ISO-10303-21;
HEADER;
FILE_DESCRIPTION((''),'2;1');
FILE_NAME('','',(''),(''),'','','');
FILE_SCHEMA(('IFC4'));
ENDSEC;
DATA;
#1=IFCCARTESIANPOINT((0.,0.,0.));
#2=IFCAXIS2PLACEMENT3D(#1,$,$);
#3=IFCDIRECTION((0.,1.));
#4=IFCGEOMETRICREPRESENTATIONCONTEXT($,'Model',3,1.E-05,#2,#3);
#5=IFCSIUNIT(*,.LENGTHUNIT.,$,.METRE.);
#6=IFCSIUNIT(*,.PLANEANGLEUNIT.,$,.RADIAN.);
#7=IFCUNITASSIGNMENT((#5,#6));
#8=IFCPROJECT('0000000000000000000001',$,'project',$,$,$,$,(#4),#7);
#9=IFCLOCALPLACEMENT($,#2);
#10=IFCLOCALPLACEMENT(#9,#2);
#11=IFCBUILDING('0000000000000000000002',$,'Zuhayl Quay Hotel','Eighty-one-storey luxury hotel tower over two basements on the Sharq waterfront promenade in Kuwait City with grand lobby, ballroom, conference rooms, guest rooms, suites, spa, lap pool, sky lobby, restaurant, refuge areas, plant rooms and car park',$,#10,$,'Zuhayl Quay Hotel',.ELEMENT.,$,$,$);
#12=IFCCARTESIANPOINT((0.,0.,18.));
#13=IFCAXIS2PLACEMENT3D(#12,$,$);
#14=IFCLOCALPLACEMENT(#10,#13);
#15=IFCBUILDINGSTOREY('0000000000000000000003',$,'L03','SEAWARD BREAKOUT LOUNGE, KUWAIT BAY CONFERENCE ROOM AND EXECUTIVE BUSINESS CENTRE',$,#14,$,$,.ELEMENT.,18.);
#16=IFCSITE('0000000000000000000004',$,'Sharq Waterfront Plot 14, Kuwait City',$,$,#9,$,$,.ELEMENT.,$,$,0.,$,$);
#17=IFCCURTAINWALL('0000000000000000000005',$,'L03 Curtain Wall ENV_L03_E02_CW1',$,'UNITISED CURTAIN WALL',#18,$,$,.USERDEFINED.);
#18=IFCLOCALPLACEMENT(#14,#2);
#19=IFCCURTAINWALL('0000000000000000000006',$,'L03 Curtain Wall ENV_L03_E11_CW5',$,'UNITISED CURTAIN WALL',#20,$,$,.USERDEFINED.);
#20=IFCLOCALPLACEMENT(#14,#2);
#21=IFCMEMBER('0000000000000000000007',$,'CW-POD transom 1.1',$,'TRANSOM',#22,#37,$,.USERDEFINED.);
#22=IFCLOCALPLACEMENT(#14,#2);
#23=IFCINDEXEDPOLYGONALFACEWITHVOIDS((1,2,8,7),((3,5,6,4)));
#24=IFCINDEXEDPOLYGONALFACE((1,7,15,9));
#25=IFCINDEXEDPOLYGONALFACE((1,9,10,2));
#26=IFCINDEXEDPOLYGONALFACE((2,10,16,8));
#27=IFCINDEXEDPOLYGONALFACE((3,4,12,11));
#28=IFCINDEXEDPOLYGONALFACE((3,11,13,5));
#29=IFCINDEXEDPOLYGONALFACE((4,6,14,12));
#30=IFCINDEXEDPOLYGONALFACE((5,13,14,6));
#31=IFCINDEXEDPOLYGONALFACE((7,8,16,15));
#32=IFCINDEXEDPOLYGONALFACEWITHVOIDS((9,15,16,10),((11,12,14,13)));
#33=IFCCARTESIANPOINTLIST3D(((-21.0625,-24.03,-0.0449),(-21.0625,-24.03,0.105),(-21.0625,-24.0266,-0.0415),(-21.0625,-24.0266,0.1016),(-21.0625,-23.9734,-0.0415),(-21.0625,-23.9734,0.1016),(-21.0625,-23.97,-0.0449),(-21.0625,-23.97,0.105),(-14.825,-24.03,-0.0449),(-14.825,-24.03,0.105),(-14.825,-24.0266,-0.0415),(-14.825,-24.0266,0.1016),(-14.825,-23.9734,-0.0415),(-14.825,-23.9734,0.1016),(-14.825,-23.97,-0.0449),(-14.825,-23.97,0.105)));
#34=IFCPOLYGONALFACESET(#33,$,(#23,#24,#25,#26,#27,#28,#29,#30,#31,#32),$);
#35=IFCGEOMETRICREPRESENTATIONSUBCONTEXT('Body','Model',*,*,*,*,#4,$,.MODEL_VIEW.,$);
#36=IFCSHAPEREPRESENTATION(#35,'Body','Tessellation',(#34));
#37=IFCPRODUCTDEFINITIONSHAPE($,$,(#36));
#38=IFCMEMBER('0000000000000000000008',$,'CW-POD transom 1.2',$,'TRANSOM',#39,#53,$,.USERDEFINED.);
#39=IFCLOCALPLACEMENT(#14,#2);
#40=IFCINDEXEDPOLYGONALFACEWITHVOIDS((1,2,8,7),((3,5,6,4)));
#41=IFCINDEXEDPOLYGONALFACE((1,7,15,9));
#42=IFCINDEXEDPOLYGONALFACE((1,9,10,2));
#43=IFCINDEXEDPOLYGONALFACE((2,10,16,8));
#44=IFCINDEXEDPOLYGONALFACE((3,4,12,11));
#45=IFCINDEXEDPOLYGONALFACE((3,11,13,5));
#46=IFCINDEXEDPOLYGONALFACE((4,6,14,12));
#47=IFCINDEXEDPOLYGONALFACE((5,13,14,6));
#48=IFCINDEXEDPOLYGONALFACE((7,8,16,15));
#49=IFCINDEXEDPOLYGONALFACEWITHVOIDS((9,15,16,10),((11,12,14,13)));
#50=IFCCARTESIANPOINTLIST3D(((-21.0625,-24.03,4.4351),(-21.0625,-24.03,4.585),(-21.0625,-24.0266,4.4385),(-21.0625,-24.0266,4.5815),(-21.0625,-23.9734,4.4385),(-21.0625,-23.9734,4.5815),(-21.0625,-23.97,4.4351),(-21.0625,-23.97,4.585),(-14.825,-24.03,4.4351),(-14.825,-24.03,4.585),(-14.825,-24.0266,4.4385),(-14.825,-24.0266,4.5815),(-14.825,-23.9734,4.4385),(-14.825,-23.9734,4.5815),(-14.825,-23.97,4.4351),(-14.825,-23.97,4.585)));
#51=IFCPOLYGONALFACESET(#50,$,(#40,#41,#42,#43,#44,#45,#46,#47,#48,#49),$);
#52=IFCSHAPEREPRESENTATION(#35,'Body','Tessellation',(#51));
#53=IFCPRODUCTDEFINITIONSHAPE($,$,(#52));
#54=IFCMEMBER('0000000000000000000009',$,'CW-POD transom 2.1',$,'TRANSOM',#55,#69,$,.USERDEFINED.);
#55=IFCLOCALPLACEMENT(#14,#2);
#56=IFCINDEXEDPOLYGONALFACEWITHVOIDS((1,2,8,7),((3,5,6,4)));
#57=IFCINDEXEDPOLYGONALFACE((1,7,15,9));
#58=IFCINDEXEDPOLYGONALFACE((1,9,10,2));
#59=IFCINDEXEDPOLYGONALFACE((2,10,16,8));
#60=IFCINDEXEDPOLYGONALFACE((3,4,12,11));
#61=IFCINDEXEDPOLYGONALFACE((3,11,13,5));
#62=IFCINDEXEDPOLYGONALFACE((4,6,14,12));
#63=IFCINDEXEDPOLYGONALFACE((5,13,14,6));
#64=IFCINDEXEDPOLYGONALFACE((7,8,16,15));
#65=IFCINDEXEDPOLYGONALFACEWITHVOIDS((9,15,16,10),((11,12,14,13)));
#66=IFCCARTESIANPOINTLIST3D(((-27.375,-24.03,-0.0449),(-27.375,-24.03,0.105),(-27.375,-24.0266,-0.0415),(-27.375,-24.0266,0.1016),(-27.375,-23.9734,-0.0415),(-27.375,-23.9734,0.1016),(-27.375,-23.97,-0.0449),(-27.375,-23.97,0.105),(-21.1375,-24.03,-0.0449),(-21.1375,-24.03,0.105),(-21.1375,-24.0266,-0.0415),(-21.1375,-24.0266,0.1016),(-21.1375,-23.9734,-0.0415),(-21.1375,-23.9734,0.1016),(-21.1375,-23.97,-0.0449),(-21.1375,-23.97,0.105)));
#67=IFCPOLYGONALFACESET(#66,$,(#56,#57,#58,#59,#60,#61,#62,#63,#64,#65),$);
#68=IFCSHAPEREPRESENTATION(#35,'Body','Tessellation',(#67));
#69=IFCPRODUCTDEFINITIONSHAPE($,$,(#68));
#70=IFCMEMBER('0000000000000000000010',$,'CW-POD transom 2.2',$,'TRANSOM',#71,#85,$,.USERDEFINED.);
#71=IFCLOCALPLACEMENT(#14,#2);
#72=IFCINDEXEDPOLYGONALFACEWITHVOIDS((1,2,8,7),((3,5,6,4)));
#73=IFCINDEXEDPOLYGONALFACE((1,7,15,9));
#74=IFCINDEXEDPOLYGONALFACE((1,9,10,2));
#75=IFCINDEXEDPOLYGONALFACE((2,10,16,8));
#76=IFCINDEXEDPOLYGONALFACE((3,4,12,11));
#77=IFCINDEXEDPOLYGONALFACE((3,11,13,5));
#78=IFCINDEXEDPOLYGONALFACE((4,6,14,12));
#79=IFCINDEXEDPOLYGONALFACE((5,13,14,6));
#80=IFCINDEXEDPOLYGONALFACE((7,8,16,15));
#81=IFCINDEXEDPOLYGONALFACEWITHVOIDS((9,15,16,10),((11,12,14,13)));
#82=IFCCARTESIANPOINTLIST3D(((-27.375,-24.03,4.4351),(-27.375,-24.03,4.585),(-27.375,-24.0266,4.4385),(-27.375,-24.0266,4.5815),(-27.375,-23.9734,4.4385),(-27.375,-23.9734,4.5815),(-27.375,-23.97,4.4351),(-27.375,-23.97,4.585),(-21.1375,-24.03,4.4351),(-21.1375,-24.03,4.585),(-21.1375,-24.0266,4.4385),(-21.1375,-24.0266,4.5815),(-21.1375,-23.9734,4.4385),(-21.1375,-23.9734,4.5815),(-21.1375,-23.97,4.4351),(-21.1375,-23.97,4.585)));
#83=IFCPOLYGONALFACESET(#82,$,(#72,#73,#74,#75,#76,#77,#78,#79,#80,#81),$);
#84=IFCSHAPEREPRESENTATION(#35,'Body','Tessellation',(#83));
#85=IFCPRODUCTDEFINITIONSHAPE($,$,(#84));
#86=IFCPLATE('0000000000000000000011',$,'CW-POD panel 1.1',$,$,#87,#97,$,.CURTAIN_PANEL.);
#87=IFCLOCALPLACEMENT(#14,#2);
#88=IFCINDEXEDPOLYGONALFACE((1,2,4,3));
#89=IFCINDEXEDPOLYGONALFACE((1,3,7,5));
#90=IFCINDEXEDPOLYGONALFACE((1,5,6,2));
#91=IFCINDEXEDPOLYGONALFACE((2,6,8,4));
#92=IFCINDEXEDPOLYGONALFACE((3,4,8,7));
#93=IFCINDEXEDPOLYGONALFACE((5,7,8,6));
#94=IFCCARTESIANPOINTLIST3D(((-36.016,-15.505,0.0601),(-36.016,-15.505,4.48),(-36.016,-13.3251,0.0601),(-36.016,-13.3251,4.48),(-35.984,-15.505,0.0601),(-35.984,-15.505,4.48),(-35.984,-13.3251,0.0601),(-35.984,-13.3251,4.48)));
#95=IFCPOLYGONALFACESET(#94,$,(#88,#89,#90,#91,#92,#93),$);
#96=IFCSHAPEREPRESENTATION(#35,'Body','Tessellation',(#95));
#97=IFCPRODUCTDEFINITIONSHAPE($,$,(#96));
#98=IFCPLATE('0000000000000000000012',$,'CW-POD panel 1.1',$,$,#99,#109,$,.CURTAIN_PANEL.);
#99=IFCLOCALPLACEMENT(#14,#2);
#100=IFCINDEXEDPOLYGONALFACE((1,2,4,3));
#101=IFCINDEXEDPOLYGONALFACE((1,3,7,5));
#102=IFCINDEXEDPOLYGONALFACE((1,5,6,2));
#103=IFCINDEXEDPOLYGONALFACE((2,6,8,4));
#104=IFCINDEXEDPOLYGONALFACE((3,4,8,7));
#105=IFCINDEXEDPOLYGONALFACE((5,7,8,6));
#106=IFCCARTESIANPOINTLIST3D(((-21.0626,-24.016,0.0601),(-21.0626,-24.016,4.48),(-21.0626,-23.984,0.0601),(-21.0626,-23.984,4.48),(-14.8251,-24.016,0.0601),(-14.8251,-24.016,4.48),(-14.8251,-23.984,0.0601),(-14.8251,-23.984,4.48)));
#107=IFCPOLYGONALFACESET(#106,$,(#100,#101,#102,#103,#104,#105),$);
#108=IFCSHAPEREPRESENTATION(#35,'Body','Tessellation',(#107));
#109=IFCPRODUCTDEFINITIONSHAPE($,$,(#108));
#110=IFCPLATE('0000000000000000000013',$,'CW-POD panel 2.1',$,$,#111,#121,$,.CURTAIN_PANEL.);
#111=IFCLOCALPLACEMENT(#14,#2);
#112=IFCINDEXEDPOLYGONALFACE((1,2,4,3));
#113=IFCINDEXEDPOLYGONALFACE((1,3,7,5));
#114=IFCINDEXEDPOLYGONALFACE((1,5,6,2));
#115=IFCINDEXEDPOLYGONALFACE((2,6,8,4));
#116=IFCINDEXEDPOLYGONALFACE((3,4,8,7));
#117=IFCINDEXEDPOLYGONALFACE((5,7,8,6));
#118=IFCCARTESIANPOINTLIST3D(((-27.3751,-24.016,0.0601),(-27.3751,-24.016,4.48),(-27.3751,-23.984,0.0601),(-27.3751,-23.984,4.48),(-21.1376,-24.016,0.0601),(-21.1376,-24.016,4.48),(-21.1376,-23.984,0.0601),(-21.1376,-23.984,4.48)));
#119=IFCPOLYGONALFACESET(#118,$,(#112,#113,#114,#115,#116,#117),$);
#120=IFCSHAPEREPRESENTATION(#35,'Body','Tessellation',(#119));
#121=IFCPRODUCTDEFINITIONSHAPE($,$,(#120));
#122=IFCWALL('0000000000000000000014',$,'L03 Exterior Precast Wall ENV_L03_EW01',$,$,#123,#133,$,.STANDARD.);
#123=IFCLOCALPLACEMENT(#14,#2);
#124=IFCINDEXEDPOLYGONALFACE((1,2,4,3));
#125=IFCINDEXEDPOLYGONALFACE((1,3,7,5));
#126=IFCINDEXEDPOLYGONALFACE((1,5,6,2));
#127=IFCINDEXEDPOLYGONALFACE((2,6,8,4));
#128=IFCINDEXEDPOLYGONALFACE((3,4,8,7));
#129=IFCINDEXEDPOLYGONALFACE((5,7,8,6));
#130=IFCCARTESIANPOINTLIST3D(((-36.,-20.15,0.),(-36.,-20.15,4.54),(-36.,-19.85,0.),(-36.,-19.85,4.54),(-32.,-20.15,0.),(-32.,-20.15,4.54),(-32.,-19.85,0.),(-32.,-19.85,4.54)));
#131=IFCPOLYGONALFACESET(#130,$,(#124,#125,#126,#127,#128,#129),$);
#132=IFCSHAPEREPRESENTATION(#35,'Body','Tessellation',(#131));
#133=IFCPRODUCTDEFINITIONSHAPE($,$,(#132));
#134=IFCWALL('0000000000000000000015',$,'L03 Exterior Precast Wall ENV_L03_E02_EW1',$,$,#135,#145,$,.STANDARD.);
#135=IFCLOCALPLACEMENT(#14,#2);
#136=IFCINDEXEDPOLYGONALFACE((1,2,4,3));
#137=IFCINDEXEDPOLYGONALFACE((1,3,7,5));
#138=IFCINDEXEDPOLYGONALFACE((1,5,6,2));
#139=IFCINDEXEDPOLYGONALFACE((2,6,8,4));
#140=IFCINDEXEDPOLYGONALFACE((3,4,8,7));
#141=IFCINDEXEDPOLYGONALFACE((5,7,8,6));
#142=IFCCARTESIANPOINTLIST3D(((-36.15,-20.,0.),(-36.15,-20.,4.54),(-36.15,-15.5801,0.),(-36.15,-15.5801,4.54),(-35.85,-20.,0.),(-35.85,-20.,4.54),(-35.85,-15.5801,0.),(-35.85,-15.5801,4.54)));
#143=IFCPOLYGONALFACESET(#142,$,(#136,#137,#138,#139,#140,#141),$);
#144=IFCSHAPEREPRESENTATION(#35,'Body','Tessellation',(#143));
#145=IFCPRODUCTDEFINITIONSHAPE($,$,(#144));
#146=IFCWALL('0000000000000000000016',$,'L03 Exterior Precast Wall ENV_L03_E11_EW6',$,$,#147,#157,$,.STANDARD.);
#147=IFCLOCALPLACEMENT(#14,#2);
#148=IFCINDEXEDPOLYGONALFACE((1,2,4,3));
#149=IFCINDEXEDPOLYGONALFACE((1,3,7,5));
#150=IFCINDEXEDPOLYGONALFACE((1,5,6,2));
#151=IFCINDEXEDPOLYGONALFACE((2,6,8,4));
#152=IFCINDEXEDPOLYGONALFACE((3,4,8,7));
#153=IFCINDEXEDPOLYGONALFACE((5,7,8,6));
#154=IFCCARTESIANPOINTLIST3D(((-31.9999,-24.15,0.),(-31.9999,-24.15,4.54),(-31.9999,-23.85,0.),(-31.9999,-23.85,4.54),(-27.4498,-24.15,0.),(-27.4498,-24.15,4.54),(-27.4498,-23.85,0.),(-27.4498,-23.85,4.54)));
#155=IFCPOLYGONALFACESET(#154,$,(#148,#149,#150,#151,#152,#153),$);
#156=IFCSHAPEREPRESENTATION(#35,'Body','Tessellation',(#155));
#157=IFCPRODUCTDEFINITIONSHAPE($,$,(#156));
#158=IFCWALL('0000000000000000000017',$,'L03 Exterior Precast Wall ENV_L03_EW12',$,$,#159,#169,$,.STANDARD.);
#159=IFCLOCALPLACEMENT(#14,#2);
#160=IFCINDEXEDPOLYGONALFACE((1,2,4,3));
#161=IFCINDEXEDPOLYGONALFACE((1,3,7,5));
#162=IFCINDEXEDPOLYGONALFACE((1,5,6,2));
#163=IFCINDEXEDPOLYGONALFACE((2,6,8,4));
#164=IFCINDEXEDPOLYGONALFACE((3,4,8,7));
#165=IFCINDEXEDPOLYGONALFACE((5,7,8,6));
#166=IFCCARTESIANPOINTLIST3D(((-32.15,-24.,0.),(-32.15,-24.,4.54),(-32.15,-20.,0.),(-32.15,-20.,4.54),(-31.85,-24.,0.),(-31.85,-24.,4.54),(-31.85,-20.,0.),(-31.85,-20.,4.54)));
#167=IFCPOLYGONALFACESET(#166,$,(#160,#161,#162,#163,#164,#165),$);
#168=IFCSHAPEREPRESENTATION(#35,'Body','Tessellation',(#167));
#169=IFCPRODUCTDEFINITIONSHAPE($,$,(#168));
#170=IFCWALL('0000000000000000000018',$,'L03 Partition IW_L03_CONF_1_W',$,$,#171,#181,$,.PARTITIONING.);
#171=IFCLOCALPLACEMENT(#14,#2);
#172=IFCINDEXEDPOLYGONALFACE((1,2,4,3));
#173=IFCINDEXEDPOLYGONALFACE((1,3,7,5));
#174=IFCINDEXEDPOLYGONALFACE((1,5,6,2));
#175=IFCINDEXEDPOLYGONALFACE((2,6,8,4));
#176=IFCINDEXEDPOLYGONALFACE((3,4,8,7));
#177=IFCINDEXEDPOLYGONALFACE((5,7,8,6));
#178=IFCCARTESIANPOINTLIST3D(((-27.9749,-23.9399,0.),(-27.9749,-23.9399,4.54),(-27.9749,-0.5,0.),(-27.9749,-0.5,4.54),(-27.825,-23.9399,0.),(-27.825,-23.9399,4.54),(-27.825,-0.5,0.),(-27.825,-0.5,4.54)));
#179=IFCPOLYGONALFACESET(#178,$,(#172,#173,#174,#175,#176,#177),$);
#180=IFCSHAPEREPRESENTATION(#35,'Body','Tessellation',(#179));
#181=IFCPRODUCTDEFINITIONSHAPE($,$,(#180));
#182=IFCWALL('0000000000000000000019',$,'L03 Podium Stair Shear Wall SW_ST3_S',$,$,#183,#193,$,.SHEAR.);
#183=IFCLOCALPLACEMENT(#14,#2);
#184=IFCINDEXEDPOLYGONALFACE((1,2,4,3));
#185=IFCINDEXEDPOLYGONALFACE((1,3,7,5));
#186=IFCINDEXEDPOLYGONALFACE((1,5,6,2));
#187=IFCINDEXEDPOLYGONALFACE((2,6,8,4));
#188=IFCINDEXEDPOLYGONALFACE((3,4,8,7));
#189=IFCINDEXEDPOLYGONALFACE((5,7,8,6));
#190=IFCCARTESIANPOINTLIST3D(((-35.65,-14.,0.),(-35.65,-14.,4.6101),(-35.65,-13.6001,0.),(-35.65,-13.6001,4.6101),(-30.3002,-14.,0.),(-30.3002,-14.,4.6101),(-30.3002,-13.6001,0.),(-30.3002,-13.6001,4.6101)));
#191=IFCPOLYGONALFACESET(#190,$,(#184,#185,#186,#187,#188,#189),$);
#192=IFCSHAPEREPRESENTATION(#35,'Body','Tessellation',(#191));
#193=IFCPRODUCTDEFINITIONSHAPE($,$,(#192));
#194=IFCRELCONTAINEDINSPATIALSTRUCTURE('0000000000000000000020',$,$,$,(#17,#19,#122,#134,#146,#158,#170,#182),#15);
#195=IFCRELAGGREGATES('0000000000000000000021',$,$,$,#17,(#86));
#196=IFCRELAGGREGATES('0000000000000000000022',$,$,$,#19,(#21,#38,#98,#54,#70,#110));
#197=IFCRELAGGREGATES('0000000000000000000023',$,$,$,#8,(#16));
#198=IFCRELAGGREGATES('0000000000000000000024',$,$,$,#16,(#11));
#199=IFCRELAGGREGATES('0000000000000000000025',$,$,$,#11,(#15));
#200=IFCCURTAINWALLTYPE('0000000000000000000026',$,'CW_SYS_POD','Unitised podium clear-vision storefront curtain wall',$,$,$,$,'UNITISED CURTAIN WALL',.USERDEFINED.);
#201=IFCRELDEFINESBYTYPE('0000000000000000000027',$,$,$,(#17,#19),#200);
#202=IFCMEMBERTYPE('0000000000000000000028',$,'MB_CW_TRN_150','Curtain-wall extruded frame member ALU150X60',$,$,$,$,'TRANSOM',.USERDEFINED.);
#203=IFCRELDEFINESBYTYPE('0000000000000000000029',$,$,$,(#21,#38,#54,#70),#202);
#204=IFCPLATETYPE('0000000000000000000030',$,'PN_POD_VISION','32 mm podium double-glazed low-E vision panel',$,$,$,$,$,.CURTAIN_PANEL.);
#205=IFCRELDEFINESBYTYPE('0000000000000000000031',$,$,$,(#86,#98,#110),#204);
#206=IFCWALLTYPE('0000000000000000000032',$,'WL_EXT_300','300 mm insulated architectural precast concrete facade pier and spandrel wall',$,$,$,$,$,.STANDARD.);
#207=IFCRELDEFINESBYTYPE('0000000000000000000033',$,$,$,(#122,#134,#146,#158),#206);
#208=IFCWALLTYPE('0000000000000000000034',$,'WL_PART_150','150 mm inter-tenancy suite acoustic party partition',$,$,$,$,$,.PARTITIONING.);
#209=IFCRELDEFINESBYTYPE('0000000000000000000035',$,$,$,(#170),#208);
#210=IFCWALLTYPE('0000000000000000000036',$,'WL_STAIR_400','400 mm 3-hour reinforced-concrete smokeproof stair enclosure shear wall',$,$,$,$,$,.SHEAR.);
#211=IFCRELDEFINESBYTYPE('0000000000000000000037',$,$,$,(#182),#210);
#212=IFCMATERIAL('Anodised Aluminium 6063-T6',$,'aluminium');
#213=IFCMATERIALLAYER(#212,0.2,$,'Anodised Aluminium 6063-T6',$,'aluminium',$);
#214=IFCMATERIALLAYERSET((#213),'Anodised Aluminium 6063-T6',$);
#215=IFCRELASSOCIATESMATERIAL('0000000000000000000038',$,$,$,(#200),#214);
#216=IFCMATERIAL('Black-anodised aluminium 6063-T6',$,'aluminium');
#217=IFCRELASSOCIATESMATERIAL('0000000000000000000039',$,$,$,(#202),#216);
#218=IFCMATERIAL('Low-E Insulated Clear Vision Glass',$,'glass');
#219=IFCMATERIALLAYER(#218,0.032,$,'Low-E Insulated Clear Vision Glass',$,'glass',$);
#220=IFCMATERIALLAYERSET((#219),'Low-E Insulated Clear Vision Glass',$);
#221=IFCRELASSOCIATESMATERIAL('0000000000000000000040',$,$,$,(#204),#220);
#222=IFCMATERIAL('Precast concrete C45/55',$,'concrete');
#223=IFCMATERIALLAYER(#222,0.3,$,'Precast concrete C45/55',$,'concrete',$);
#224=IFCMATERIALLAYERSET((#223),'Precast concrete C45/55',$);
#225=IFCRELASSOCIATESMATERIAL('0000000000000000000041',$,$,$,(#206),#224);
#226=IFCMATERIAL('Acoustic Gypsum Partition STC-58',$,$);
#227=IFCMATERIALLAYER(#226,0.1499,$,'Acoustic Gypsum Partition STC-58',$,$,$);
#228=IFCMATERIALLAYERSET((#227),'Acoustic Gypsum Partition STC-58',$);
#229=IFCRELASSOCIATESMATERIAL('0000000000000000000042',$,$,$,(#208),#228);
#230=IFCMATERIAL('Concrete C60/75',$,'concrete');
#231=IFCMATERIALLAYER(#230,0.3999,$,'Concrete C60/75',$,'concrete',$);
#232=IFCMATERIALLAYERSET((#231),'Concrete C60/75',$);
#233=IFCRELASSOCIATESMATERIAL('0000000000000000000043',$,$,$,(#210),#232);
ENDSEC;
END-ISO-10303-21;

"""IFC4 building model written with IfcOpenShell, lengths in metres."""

from ifc_helpers import new_model, si_unit, direction, frame, frame_2d, origin, origin_2d, place, context, subcontext, project, spatial, rectangle, hollow_rectangle, extrude, material, layer, layer_set, material_profile, profile_set, type_object, element, aggregate, save


model = new_model("IFC4")

# Units and contexts
model_context = context("Model", 3, precision=1e-05, world=origin(), true_north=direction((0.0, 1.0)))
body_context = subcontext(model_context, "Body", "Model", "MODEL_VIEW")
ifc_project = project(units=[si_unit("LENGTHUNIT", "METRE"), si_unit("PLANEANGLEUNIT", "RADIAN")], contexts=[model_context])

# Site, building, storey
site_placement = place(None, origin())
site = spatial("IfcSite", under=ifc_project, at=site_placement, Name="Sharq Waterfront Plot 14, Kuwait City", CompositionType="ELEMENT", RefElevation=0.0)
building_placement = place(site_placement, origin())
building = spatial("IfcBuilding", under=site, at=building_placement, Name="Zuhayl Quay Hotel", Description="Eighty-one-storey luxury hotel tower over two basements on the Sharq waterfront promenade in Kuwait City with grand lobby, ballroom, conference rooms, guest rooms, suites, spa, lap pool, sky lobby, restaurant, refuge areas, plant rooms and car park", LongName="Zuhayl Quay Hotel", CompositionType="ELEMENT")
storey_placement = place(building_placement, frame((0.0, 0.0, 18.0)))
storey = spatial("IfcBuildingStorey", under=building, at=storey_placement, Name="L03", Description="SEAWARD BREAKOUT LOUNGE, KUWAIT BAY CONFERENCE ROOM AND EXECUTIVE BUSINESS CENTRE", CompositionType="ELEMENT", Elevation=18.0)

# Curtain wall
ifc_material_1 = material(Name="Anodised Aluminium 6063-T6", Category="aluminium")
ifc_layer_1 = layer(ifc_material_1, 0.2, Name="Anodised Aluminium 6063-T6", Category="aluminium")
ifc_layer_set_1 = layer_set([ifc_layer_1], Name="Anodised Aluminium 6063-T6")
curtain_wall_type = type_object("IfcCurtainWallType", Name="CW_SYS_POD", Description="Unitised podium clear-vision storefront curtain wall", ElementType="UNITISED CURTAIN WALL", PredefinedType="USERDEFINED", material=ifc_layer_set_1)
curtain_wall_1_placement = place(storey_placement, origin())
curtain_wall_1 = element("IfcCurtainWall", 1, at=curtain_wall_1_placement, inside=storey, type_object=curtain_wall_type, Name="L03 Curtain Wall ENV_L03_E02_CW1", ObjectType="UNITISED CURTAIN WALL", PredefinedType="USERDEFINED")
ifc_material_2 = material(Name="Black-anodised aluminium 6063-T6", Category="aluminium")

# Curtain wall
curtain_wall_2_placement = place(storey_placement, origin())
curtain_wall_2 = element("IfcCurtainWall", 2, at=curtain_wall_2_placement, inside=storey, type_object=curtain_wall_type, Name="L03 Curtain Wall ENV_L03_E11_CW5", ObjectType="UNITISED CURTAIN WALL", PredefinedType="USERDEFINED")

# Members
ifc_material_profile_1 = material_profile(ifc_material_2, hollow_rectangle(XDim=0.0601, YDim=0.1499, WallThickness=0.0034, at=origin_2d()), Name="ALU150X60")
ifc_profile_set_1 = profile_set([ifc_material_profile_1], Name="Black-anodised aluminium 6063-T6")
member_type_1 = type_object("IfcMemberType", Name="MB_CW_TRN_150", Description="Curtain-wall extruded frame member ALU150X60", ElementType="TRANSOM", PredefinedType="USERDEFINED", material=ifc_profile_set_1)
member_1_placement = place(storey_placement, frame((-14.825, -24.0, 0.03), z_axis=(-1.0, 0.0, 0.0), x_axis=(0.0, -1.0, 0.0)))
member_1 = element("IfcMember", 3, at=member_1_placement, type_object=member_type_1, Name="CW-POD transom 1.1", ObjectType="TRANSOM", PredefinedType="USERDEFINED", context=body_context, shape_type="SweptSolid", body=[
    extrude(hollow_rectangle(XDim=0.0601, YDim=0.1499, WallThickness=0.0034, at=origin_2d()), origin(), (0.0, 0.0, 1.0), 6.2375),
])
member_2_placement = place(storey_placement, frame((-14.825, -24.0, 4.51), z_axis=(-1.0, 0.0, 0.0), x_axis=(0.0, -1.0, 0.0)))
member_2 = element("IfcMember", 4, at=member_2_placement, type_object=member_type_1, Name="CW-POD transom 1.2", ObjectType="TRANSOM", PredefinedType="USERDEFINED", context=body_context, shape_type="SweptSolid", body=[
    extrude(hollow_rectangle(XDim=0.0601, YDim=0.1499, WallThickness=0.0034, at=origin_2d()), origin(), (0.0, 0.0, 1.0), 6.2375),
])
member_3_placement = place(storey_placement, frame((-21.1375, -24.0, 0.03), z_axis=(-1.0, 0.0, 0.0), x_axis=(0.0, -1.0, 0.0)))
member_3 = element("IfcMember", 5, at=member_3_placement, type_object=member_type_1, Name="CW-POD transom 2.1", ObjectType="TRANSOM", PredefinedType="USERDEFINED", context=body_context, shape_type="SweptSolid", body=[
    extrude(hollow_rectangle(XDim=0.0601, YDim=0.1499, WallThickness=0.0034, at=origin_2d()), origin(), (0.0, 0.0, 1.0), 6.2375),
])
member_4_placement = place(storey_placement, frame((-21.1375, -24.0, 4.51), z_axis=(-1.0, 0.0, 0.0), x_axis=(0.0, -1.0, 0.0)))
member_4 = element("IfcMember", 6, at=member_4_placement, type_object=member_type_1, Name="CW-POD transom 2.2", ObjectType="TRANSOM", PredefinedType="USERDEFINED", context=body_context, shape_type="SweptSolid", body=[
    extrude(hollow_rectangle(XDim=0.0601, YDim=0.1499, WallThickness=0.0034, at=origin_2d()), origin(), (0.0, 0.0, 1.0), 6.2375),
])

# Plates
ifc_material_3 = material(Name="Low-E Insulated Clear Vision Glass", Category="glass")
ifc_layer_2 = layer(ifc_material_3, 0.032, Name="Low-E Insulated Clear Vision Glass", Category="glass")
ifc_layer_set_2 = layer_set([ifc_layer_2], Name="Low-E Insulated Clear Vision Glass")
plate_type = type_object("IfcPlateType", Name="PN_POD_VISION", Description="32 mm podium double-glazed low-E vision panel", PredefinedType="CURTAIN_PANEL", material=ifc_layer_set_2)
plate_1_placement = place(storey_placement, frame((-36.0, -14.415, 0.0601), z_axis=(0.0, 0.0, 1.0), x_axis=(0.0, 1.0, 0.0)))
plate_1 = element("IfcPlate", 7, at=plate_1_placement, type_object=plate_type, Name="CW-POD panel 1.1", PredefinedType="CURTAIN_PANEL", context=body_context, shape_type="SweptSolid", body=[
    extrude(rectangle(XDim=2.1799, YDim=0.032, at=origin_2d()), origin(), (0.0, 0.0, 1.0), 4.4199),
])
aggregate(curtain_wall_1, [plate_1])
plate_2_placement = place(storey_placement, frame((-17.9438, -24.0, 0.0601), z_axis=(0.0, 0.0, 1.0), x_axis=(-1.0, 0.0, 0.0)))
plate_2 = element("IfcPlate", 8, at=plate_2_placement, type_object=plate_type, Name="CW-POD panel 1.1", PredefinedType="CURTAIN_PANEL", context=body_context, shape_type="SweptSolid", body=[
    extrude(rectangle(XDim=6.2375, YDim=0.032, at=origin_2d()), origin(), (0.0, 0.0, 1.0), 4.4199),
])
plate_3_placement = place(storey_placement, frame((-24.2563, -24.0, 0.0601), z_axis=(0.0, 0.0, 1.0), x_axis=(-1.0, 0.0, 0.0)))
plate_3 = element("IfcPlate", 9, at=plate_3_placement, type_object=plate_type, Name="CW-POD panel 2.1", PredefinedType="CURTAIN_PANEL", context=body_context, shape_type="SweptSolid", body=[
    extrude(rectangle(XDim=6.2375, YDim=0.032, at=origin_2d()), origin(), (0.0, 0.0, 1.0), 4.4199),
])
aggregate(curtain_wall_2, [member_1, member_2, plate_2, member_3, member_4, plate_3])

# Walls
ifc_material_4 = material(Name="Precast concrete C45/55", Category="concrete")
ifc_layer_3 = layer(ifc_material_4, 0.3, Name="Precast concrete C45/55", Category="concrete")
ifc_layer_set_3 = layer_set([ifc_layer_3], Name="Precast concrete C45/55")
wall_type_1 = type_object("IfcWallType", Name="WL_EXT_300", Description="300 mm insulated architectural precast concrete facade pier and spandrel wall", PredefinedType="STANDARD", material=ifc_layer_set_3)
wall_1_placement = place(storey_placement, frame((-32.0, -20.0, 0.0), z_axis=(0.0, 0.0, 1.0), x_axis=(-1.0, 0.0, 0.0)))
element("IfcWall", 10, at=wall_1_placement, inside=storey, type_object=wall_type_1, Name="L03 Exterior Precast Wall ENV_L03_EW01", PredefinedType="STANDARD", context=body_context, shape_type="SweptSolid", body=[
    extrude(rectangle(XDim=4.0, YDim=0.3, at=frame_2d((2.0, 0.0))), origin(), (0.0, 0.0, 1.0), 4.54),
])
wall_2_placement = place(storey_placement, frame((-36.0, -20.0, 0.0), z_axis=(0.0, 0.0, 1.0), x_axis=(0.0, 1.0, 0.0)))
element("IfcWall", 11, at=wall_2_placement, inside=storey, type_object=wall_type_1, Name="L03 Exterior Precast Wall ENV_L03_E02_EW1", PredefinedType="STANDARD", context=body_context, shape_type="SweptSolid", body=[
    extrude(rectangle(XDim=4.4199, YDim=0.3, at=frame_2d((2.21, 0.0))), origin(), (0.0, 0.0, 1.0), 4.54),
])
wall_3_placement = place(storey_placement, frame((-27.45, -24.0, 0.0), z_axis=(0.0, 0.0, 1.0), x_axis=(-1.0, 0.0, 0.0)))
element("IfcWall", 12, at=wall_3_placement, inside=storey, type_object=wall_type_1, Name="L03 Exterior Precast Wall ENV_L03_E11_EW6", PredefinedType="STANDARD", context=body_context, shape_type="SweptSolid", body=[
    extrude(rectangle(XDim=4.55, YDim=0.3, at=frame_2d((2.2749, 0.0))), origin(), (0.0, 0.0, 1.0), 4.54),
])
wall_4_placement = place(storey_placement, frame((-32.0, -24.0, 0.0), z_axis=(0.0, 0.0, 1.0), x_axis=(0.0, 1.0, 0.0)))
element("IfcWall", 13, at=wall_4_placement, inside=storey, type_object=wall_type_1, Name="L03 Exterior Precast Wall ENV_L03_EW12", PredefinedType="STANDARD", context=body_context, shape_type="SweptSolid", body=[
    extrude(rectangle(XDim=4.0, YDim=0.3, at=frame_2d((2.0, 0.0))), origin(), (0.0, 0.0, 1.0), 4.54),
])
ifc_material_5 = material(Name="Acoustic Gypsum Partition STC-58")
ifc_layer_4 = layer(ifc_material_5, 0.1499, Name="Acoustic Gypsum Partition STC-58")
ifc_layer_set_4 = layer_set([ifc_layer_4], Name="Acoustic Gypsum Partition STC-58")
wall_type_2 = type_object("IfcWallType", Name="WL_PART_150", Description="150 mm inter-tenancy suite acoustic party partition", PredefinedType="PARTITIONING", material=ifc_layer_set_4)
wall_5_placement = place(storey_placement, frame((-27.8999, -23.9399, 0.0), z_axis=(0.0, 0.0, 1.0), x_axis=(0.0, 1.0, 0.0)))
element("IfcWall", 14, at=wall_5_placement, inside=storey, type_object=wall_type_2, Name="L03 Partition IW_L03_CONF_1_W", PredefinedType="PARTITIONING", context=body_context, shape_type="SweptSolid", body=[
    extrude(rectangle(XDim=23.4399, YDim=0.1499, at=frame_2d((11.72, 0.0))), origin(), (0.0, 0.0, 1.0), 4.54),
])
ifc_material_6 = material(Name="Concrete C60/75", Category="concrete")
ifc_layer_5 = layer(ifc_material_6, 0.3999, Name="Concrete C60/75", Category="concrete")
ifc_layer_set_5 = layer_set([ifc_layer_5], Name="Concrete C60/75")
wall_type_3 = type_object("IfcWallType", Name="WL_STAIR_400", Description="400 mm 3-hour reinforced-concrete smokeproof stair enclosure shear wall", PredefinedType="SHEAR", material=ifc_layer_set_5)
wall_6_placement = place(storey_placement, frame((-35.6499, -13.8, 0.0), z_axis=(0.0, 0.0, 1.0), x_axis=(1.0, 0.0, 0.0)))
element("IfcWall", 15, at=wall_6_placement, inside=storey, type_object=wall_type_3, Name="L03 Podium Stair Shear Wall SW_ST3_S", PredefinedType="SHEAR", context=body_context, shape_type="SweptSolid", body=[
    extrude(rectangle(XDim=5.3499, YDim=0.3999, at=frame_2d((2.6748, 0.0))), origin(), (0.0, 0.0, 1.0), 4.6101),
])

save(model, "model.ifc")
